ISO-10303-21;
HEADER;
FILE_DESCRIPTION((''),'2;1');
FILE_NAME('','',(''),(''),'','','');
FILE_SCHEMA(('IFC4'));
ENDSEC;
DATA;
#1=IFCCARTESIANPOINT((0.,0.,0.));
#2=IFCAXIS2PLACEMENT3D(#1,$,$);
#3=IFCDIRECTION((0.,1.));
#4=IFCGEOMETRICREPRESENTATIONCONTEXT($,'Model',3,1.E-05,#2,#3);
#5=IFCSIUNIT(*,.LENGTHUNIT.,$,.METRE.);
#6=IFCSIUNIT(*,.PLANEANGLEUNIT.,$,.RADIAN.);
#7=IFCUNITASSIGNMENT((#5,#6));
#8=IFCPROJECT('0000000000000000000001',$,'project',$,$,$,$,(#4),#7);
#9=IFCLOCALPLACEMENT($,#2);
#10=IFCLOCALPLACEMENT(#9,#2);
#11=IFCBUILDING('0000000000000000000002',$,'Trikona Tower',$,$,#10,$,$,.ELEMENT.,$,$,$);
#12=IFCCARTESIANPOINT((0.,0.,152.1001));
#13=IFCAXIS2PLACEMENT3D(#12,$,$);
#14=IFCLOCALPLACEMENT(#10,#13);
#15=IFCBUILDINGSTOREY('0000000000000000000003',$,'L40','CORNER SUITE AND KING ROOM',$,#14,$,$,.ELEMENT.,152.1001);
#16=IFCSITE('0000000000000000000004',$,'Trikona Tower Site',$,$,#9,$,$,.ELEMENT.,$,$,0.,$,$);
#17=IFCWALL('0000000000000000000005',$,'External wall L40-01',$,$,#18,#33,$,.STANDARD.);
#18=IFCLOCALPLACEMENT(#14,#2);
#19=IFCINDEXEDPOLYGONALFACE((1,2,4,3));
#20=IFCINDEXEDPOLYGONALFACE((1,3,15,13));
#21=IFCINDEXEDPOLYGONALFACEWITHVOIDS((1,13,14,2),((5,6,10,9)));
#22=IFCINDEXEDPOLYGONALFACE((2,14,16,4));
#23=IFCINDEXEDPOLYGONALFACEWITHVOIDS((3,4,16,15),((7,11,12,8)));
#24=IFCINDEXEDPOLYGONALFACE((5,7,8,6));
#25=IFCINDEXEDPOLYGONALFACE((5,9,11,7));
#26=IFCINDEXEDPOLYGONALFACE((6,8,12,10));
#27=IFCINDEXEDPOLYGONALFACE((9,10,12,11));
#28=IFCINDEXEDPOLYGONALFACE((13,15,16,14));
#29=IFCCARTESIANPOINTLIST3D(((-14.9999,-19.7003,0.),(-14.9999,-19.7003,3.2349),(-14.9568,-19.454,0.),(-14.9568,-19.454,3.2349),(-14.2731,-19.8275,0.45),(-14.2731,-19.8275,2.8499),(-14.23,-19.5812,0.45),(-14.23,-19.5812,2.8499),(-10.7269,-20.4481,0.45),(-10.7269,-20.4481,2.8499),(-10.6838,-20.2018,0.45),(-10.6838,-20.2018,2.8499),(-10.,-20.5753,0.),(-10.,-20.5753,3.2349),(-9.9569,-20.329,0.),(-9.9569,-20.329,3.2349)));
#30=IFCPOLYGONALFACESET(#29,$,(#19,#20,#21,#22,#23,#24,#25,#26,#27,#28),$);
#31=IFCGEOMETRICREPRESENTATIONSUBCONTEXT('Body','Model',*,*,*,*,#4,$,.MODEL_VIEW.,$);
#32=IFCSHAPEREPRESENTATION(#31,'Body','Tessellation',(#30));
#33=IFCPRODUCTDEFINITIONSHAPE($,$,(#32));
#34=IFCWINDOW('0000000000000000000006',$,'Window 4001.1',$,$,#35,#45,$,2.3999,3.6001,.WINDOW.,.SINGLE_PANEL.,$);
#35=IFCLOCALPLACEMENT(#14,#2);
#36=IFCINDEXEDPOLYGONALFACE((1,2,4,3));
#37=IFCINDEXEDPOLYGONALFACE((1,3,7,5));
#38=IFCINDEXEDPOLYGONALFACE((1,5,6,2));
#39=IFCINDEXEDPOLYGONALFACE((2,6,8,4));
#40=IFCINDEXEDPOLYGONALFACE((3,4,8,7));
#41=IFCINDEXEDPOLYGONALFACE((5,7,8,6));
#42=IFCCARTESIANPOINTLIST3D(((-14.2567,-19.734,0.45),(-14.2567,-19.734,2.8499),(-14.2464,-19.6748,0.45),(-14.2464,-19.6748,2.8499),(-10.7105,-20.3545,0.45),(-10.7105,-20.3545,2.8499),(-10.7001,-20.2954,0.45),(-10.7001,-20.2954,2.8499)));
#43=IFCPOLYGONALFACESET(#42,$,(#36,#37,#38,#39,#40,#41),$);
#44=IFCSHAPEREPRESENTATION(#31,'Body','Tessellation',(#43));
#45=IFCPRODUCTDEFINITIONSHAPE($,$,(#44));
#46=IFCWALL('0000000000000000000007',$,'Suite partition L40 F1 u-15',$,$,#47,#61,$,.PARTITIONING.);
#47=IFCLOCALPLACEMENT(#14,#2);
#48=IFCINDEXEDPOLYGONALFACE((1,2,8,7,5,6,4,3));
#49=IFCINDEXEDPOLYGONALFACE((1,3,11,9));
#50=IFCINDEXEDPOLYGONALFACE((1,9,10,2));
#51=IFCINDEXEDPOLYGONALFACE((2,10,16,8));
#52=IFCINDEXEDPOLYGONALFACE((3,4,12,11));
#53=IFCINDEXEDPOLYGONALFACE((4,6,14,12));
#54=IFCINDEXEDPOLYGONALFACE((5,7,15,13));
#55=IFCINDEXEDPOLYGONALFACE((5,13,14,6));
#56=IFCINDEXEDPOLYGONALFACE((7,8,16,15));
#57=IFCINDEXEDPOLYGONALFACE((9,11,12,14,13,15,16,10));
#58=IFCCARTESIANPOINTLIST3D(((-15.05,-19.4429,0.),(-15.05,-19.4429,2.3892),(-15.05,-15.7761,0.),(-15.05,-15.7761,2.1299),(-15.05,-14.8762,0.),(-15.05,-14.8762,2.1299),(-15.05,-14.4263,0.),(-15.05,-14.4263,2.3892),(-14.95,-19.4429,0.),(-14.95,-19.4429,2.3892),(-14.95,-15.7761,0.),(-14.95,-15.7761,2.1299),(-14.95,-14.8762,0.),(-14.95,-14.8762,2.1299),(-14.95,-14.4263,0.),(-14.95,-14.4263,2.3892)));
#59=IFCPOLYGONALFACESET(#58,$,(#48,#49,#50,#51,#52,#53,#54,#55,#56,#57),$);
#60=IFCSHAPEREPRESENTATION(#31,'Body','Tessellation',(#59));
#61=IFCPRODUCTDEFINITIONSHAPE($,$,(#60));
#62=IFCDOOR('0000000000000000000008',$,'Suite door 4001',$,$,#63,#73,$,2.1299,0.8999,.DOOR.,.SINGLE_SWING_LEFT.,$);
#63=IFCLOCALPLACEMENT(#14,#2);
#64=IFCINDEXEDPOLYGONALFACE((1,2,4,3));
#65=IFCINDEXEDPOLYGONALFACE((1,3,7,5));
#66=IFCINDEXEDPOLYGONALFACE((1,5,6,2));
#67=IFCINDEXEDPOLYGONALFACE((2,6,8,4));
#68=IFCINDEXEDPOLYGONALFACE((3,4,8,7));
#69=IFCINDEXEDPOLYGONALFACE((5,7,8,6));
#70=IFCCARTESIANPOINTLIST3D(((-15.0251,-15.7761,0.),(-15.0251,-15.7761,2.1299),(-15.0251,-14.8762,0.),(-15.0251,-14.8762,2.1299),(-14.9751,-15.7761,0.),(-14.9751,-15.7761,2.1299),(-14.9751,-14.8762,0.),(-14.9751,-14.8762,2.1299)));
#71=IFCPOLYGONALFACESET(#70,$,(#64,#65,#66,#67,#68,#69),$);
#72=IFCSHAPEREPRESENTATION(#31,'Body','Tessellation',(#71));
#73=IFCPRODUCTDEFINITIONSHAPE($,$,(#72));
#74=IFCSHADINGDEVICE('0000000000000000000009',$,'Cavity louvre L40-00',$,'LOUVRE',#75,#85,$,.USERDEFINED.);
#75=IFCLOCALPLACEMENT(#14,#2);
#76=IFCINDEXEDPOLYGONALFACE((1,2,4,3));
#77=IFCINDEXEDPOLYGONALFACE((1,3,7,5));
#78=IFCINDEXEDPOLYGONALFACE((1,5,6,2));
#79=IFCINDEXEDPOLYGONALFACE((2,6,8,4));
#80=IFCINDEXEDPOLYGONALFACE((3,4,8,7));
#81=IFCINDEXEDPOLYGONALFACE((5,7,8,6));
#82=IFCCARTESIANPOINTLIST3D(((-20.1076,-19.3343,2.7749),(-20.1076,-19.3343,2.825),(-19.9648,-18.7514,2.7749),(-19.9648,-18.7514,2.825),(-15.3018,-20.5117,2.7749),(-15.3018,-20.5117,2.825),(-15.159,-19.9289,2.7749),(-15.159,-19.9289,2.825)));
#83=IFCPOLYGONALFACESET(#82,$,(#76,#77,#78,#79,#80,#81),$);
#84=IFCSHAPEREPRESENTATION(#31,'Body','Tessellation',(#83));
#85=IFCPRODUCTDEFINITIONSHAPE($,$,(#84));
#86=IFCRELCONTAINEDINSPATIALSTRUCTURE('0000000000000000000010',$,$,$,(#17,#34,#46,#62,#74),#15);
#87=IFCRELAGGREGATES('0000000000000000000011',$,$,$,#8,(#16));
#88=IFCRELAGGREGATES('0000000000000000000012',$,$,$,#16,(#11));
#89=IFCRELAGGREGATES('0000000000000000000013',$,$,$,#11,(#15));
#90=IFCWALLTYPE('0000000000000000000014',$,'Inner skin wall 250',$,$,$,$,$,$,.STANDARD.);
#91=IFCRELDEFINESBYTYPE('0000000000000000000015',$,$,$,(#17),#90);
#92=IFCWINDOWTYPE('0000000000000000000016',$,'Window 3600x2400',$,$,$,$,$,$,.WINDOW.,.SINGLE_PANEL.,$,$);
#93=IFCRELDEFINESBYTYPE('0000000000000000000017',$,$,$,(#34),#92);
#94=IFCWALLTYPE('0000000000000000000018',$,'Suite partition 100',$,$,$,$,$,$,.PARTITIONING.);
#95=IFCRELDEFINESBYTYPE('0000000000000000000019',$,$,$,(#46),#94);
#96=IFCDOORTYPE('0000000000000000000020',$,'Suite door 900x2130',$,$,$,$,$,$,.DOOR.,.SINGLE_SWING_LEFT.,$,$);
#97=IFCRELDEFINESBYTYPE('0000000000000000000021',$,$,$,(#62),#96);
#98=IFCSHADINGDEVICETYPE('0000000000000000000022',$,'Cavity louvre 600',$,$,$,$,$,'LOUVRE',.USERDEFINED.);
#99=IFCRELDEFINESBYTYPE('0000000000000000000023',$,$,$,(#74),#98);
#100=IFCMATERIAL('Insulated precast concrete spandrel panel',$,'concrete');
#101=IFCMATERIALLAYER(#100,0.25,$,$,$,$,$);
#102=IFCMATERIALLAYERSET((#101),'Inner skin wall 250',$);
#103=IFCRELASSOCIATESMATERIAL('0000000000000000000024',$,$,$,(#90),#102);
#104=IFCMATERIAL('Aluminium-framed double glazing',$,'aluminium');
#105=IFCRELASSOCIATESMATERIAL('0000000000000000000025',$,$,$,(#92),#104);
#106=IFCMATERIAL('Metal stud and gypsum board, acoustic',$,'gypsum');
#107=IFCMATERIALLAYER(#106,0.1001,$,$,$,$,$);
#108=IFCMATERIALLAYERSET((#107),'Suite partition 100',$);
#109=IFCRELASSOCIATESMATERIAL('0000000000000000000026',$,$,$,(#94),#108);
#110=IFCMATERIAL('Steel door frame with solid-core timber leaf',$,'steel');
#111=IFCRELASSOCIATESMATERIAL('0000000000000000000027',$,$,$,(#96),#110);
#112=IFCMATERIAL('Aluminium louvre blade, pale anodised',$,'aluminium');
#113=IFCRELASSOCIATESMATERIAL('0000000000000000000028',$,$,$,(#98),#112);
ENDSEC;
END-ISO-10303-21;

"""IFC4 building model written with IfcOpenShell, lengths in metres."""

from ifc_helpers import new_model, si_unit, direction, frame, frame_2d, origin, origin_2d, place, context, subcontext, project, spatial, rectangle, extrude, material, layer, layer_set, type_object, element, fill, save


model = new_model("IFC4")

# Units and contexts
model_context = context("Model", 3, precision=1e-05, world=origin(), true_north=direction((0.0, 1.0)))
body_context = subcontext(model_context, "Body", "Model", "MODEL_VIEW")
ifc_project = project(units=[si_unit("LENGTHUNIT", "METRE"), si_unit("PLANEANGLEUNIT", "RADIAN")], contexts=[model_context])

# Site, building, storey
site_placement = place(None, origin())
site = spatial("IfcSite", under=ifc_project, at=site_placement, Name="Trikona Tower Site", CompositionType="ELEMENT", RefElevation=0.0)
building_placement = place(site_placement, origin())
building = spatial("IfcBuilding", under=site, at=building_placement, Name="Trikona Tower", CompositionType="ELEMENT")
storey_placement = place(building_placement, frame((0.0, 0.0, 152.1001)))
storey = spatial("IfcBuildingStorey", under=building, at=storey_placement, Name="L40", Description="CORNER SUITE AND KING ROOM", CompositionType="ELEMENT", Elevation=152.1001)

# Wall, opening, window
ifc_material_1 = material(Name="Insulated precast concrete spandrel panel", Category="concrete")
ifc_layer_1 = layer(ifc_material_1, 0.25)
ifc_layer_set_1 = layer_set([ifc_layer_1], Name="Inner skin wall 250")
wall_type_1 = type_object("IfcWallType", Name="Inner skin wall 250", PredefinedType="STANDARD", material=ifc_layer_set_1)
ifc_material_2 = material(Name="Aluminium-framed double glazing", Category="aluminium")
window_type = type_object("IfcWindowType", Name="Window 3600x2400", PartitioningType="SINGLE_PANEL", PredefinedType="WINDOW", material=ifc_material_2)
wall_1_placement = place(storey_placement, frame((-14.9785, -19.5771, 0.0), z_axis=(0.0, 0.0, 1.0), x_axis=(0.98503, -0.17238, 0.0)))
wall_1 = element("IfcWall", 1, at=wall_1_placement, inside=storey, type_object=wall_type_1, Name="External wall L40-01", PredefinedType="STANDARD", context=body_context, shape_type="SweptSolid", body=[
    extrude(rectangle(XDim=5.0759, YDim=0.25, at=frame_2d((2.5381, 0.0))), origin(), (0.0, 0.0, 1.0), 3.2349),
])
opening_1_placement = place(wall_1_placement, frame((0.738, 0.0, 0.45)))
opening_1 = element("IfcOpeningElement", 2, at=opening_1_placement, cuts=wall_1, PredefinedType="OPENING", context=body_context, shape_type="SweptSolid", body=[
    extrude(rectangle(XDim=3.6001, YDim=2.3999, at=frame_2d((1.8, 1.2))), frame((0.0, 0.135, 0.0), z_axis=(0.0, -1.0, 0.0), x_axis=(1.0, 0.0, 0.0)), (0.0, 0.0, 1.0), 0.27),
])
window_1_placement = place(opening_1_placement, origin())
window_1 = element("IfcWindow", 3, at=window_1_placement, inside=storey, type_object=window_type, Name="Window 4001.1", OverallHeight=2.3999, OverallWidth=3.6001, PartitioningType="SINGLE_PANEL", PredefinedType="WINDOW", context=body_context, shape_type="SweptSolid", body=[
    extrude(rectangle(XDim=3.6001, YDim=2.3999, at=frame_2d((1.8, 1.2))), frame((0.0, 0.03, 0.0), z_axis=(0.0, -1.0, 0.0), x_axis=(1.0, 0.0, 0.0)), (0.0, 0.0, 1.0), 0.0601),
])
fill(opening_1, window_1)

# Wall, opening, door
ifc_material_3 = material(Name="Metal stud and gypsum board, acoustic", Category="gypsum")
ifc_layer_2 = layer(ifc_material_3, 0.1001)
ifc_layer_set_2 = layer_set([ifc_layer_2], Name="Suite partition 100")
wall_type_2 = type_object("IfcWallType", Name="Suite partition 100", PredefinedType="PARTITIONING", material=ifc_layer_set_2)
wall_2_placement = place(storey_placement, frame((-15.0, -14.4263, 0.0), z_axis=(0.0, 0.0, 1.0), x_axis=(0.0, -1.0, 0.0)))
wall_2 = element("IfcWall", 4, at=wall_2_placement, inside=storey, type_object=wall_type_2, Name="Suite partition L40 F1 u-15", PredefinedType="PARTITIONING", context=body_context, shape_type="SweptSolid", body=[
    extrude(rectangle(XDim=5.0166, YDim=0.1001, at=frame_2d((2.5083, 0.0))), origin(), (0.0, 0.0, 1.0), 2.3892),
])
opening_2_placement = place(wall_2_placement, frame((0.45, 0.0, 0.0)))
opening_2 = element("IfcOpeningElement", 5, at=opening_2_placement, cuts=wall_2, PredefinedType="OPENING", context=body_context, shape_type="SweptSolid", body=[
    extrude(rectangle(XDim=0.8999, YDim=2.1299, at=frame_2d((0.45, 1.0649))), frame((0.0, 0.0601, 0.0), z_axis=(0.0, -1.0, 0.0), x_axis=(1.0, 0.0, 0.0)), (0.0, 0.0, 1.0), 0.1201),
])
ifc_material_4 = material(Name="Steel door frame with solid-core timber leaf", Category="steel")
door_type = type_object("IfcDoorType", Name="Suite door 900x2130", OperationType="SINGLE_SWING_LEFT", PredefinedType="DOOR", material=ifc_material_4)
door_placement = place(opening_2_placement, origin())
door = element("IfcDoor", 6, at=door_placement, inside=storey, type_object=door_type, Name="Suite door 4001", OperationType="SINGLE_SWING_LEFT", OverallHeight=2.1299, OverallWidth=0.8999, PredefinedType="DOOR", context=body_context, shape_type="SweptSolid", body=[
    extrude(rectangle(XDim=0.8999, YDim=2.1299, at=frame_2d((0.45, 1.0649))), frame((0.0, 0.0249, 0.0), z_axis=(0.0, -1.0, 0.0), x_axis=(1.0, 0.0, 0.0)), (0.0, 0.0, 1.0), 0.05),
])
fill(opening_2, door)

# Shading device
ifc_material_5 = material(Name="Aluminium louvre blade, pale anodised", Category="aluminium")
shading_device_type = type_object("IfcShadingDeviceType", Name="Cavity louvre 600", ElementType="LOUVRE", PredefinedType="USERDEFINED", material=ifc_material_5)
shading_device_placement = place(storey_placement, frame((-17.6333, -19.6316, 2.7749), z_axis=(0.0, 0.0, 1.0), x_axis=(0.971274, -0.237962, 0.0)))
element("IfcShadingDevice", 7, at=shading_device_placement, inside=storey, type_object=shading_device_type, Name="Cavity louvre L40-00", ObjectType="LOUVRE", PredefinedType="USERDEFINED", context=body_context, shape_type="SweptSolid", body=[
    extrude(rectangle(XDim=4.948, YDim=0.6001, at=origin_2d()), origin(), (0.0, 0.0, 1.0), 0.05),
])

save(model, "model.ifc")
